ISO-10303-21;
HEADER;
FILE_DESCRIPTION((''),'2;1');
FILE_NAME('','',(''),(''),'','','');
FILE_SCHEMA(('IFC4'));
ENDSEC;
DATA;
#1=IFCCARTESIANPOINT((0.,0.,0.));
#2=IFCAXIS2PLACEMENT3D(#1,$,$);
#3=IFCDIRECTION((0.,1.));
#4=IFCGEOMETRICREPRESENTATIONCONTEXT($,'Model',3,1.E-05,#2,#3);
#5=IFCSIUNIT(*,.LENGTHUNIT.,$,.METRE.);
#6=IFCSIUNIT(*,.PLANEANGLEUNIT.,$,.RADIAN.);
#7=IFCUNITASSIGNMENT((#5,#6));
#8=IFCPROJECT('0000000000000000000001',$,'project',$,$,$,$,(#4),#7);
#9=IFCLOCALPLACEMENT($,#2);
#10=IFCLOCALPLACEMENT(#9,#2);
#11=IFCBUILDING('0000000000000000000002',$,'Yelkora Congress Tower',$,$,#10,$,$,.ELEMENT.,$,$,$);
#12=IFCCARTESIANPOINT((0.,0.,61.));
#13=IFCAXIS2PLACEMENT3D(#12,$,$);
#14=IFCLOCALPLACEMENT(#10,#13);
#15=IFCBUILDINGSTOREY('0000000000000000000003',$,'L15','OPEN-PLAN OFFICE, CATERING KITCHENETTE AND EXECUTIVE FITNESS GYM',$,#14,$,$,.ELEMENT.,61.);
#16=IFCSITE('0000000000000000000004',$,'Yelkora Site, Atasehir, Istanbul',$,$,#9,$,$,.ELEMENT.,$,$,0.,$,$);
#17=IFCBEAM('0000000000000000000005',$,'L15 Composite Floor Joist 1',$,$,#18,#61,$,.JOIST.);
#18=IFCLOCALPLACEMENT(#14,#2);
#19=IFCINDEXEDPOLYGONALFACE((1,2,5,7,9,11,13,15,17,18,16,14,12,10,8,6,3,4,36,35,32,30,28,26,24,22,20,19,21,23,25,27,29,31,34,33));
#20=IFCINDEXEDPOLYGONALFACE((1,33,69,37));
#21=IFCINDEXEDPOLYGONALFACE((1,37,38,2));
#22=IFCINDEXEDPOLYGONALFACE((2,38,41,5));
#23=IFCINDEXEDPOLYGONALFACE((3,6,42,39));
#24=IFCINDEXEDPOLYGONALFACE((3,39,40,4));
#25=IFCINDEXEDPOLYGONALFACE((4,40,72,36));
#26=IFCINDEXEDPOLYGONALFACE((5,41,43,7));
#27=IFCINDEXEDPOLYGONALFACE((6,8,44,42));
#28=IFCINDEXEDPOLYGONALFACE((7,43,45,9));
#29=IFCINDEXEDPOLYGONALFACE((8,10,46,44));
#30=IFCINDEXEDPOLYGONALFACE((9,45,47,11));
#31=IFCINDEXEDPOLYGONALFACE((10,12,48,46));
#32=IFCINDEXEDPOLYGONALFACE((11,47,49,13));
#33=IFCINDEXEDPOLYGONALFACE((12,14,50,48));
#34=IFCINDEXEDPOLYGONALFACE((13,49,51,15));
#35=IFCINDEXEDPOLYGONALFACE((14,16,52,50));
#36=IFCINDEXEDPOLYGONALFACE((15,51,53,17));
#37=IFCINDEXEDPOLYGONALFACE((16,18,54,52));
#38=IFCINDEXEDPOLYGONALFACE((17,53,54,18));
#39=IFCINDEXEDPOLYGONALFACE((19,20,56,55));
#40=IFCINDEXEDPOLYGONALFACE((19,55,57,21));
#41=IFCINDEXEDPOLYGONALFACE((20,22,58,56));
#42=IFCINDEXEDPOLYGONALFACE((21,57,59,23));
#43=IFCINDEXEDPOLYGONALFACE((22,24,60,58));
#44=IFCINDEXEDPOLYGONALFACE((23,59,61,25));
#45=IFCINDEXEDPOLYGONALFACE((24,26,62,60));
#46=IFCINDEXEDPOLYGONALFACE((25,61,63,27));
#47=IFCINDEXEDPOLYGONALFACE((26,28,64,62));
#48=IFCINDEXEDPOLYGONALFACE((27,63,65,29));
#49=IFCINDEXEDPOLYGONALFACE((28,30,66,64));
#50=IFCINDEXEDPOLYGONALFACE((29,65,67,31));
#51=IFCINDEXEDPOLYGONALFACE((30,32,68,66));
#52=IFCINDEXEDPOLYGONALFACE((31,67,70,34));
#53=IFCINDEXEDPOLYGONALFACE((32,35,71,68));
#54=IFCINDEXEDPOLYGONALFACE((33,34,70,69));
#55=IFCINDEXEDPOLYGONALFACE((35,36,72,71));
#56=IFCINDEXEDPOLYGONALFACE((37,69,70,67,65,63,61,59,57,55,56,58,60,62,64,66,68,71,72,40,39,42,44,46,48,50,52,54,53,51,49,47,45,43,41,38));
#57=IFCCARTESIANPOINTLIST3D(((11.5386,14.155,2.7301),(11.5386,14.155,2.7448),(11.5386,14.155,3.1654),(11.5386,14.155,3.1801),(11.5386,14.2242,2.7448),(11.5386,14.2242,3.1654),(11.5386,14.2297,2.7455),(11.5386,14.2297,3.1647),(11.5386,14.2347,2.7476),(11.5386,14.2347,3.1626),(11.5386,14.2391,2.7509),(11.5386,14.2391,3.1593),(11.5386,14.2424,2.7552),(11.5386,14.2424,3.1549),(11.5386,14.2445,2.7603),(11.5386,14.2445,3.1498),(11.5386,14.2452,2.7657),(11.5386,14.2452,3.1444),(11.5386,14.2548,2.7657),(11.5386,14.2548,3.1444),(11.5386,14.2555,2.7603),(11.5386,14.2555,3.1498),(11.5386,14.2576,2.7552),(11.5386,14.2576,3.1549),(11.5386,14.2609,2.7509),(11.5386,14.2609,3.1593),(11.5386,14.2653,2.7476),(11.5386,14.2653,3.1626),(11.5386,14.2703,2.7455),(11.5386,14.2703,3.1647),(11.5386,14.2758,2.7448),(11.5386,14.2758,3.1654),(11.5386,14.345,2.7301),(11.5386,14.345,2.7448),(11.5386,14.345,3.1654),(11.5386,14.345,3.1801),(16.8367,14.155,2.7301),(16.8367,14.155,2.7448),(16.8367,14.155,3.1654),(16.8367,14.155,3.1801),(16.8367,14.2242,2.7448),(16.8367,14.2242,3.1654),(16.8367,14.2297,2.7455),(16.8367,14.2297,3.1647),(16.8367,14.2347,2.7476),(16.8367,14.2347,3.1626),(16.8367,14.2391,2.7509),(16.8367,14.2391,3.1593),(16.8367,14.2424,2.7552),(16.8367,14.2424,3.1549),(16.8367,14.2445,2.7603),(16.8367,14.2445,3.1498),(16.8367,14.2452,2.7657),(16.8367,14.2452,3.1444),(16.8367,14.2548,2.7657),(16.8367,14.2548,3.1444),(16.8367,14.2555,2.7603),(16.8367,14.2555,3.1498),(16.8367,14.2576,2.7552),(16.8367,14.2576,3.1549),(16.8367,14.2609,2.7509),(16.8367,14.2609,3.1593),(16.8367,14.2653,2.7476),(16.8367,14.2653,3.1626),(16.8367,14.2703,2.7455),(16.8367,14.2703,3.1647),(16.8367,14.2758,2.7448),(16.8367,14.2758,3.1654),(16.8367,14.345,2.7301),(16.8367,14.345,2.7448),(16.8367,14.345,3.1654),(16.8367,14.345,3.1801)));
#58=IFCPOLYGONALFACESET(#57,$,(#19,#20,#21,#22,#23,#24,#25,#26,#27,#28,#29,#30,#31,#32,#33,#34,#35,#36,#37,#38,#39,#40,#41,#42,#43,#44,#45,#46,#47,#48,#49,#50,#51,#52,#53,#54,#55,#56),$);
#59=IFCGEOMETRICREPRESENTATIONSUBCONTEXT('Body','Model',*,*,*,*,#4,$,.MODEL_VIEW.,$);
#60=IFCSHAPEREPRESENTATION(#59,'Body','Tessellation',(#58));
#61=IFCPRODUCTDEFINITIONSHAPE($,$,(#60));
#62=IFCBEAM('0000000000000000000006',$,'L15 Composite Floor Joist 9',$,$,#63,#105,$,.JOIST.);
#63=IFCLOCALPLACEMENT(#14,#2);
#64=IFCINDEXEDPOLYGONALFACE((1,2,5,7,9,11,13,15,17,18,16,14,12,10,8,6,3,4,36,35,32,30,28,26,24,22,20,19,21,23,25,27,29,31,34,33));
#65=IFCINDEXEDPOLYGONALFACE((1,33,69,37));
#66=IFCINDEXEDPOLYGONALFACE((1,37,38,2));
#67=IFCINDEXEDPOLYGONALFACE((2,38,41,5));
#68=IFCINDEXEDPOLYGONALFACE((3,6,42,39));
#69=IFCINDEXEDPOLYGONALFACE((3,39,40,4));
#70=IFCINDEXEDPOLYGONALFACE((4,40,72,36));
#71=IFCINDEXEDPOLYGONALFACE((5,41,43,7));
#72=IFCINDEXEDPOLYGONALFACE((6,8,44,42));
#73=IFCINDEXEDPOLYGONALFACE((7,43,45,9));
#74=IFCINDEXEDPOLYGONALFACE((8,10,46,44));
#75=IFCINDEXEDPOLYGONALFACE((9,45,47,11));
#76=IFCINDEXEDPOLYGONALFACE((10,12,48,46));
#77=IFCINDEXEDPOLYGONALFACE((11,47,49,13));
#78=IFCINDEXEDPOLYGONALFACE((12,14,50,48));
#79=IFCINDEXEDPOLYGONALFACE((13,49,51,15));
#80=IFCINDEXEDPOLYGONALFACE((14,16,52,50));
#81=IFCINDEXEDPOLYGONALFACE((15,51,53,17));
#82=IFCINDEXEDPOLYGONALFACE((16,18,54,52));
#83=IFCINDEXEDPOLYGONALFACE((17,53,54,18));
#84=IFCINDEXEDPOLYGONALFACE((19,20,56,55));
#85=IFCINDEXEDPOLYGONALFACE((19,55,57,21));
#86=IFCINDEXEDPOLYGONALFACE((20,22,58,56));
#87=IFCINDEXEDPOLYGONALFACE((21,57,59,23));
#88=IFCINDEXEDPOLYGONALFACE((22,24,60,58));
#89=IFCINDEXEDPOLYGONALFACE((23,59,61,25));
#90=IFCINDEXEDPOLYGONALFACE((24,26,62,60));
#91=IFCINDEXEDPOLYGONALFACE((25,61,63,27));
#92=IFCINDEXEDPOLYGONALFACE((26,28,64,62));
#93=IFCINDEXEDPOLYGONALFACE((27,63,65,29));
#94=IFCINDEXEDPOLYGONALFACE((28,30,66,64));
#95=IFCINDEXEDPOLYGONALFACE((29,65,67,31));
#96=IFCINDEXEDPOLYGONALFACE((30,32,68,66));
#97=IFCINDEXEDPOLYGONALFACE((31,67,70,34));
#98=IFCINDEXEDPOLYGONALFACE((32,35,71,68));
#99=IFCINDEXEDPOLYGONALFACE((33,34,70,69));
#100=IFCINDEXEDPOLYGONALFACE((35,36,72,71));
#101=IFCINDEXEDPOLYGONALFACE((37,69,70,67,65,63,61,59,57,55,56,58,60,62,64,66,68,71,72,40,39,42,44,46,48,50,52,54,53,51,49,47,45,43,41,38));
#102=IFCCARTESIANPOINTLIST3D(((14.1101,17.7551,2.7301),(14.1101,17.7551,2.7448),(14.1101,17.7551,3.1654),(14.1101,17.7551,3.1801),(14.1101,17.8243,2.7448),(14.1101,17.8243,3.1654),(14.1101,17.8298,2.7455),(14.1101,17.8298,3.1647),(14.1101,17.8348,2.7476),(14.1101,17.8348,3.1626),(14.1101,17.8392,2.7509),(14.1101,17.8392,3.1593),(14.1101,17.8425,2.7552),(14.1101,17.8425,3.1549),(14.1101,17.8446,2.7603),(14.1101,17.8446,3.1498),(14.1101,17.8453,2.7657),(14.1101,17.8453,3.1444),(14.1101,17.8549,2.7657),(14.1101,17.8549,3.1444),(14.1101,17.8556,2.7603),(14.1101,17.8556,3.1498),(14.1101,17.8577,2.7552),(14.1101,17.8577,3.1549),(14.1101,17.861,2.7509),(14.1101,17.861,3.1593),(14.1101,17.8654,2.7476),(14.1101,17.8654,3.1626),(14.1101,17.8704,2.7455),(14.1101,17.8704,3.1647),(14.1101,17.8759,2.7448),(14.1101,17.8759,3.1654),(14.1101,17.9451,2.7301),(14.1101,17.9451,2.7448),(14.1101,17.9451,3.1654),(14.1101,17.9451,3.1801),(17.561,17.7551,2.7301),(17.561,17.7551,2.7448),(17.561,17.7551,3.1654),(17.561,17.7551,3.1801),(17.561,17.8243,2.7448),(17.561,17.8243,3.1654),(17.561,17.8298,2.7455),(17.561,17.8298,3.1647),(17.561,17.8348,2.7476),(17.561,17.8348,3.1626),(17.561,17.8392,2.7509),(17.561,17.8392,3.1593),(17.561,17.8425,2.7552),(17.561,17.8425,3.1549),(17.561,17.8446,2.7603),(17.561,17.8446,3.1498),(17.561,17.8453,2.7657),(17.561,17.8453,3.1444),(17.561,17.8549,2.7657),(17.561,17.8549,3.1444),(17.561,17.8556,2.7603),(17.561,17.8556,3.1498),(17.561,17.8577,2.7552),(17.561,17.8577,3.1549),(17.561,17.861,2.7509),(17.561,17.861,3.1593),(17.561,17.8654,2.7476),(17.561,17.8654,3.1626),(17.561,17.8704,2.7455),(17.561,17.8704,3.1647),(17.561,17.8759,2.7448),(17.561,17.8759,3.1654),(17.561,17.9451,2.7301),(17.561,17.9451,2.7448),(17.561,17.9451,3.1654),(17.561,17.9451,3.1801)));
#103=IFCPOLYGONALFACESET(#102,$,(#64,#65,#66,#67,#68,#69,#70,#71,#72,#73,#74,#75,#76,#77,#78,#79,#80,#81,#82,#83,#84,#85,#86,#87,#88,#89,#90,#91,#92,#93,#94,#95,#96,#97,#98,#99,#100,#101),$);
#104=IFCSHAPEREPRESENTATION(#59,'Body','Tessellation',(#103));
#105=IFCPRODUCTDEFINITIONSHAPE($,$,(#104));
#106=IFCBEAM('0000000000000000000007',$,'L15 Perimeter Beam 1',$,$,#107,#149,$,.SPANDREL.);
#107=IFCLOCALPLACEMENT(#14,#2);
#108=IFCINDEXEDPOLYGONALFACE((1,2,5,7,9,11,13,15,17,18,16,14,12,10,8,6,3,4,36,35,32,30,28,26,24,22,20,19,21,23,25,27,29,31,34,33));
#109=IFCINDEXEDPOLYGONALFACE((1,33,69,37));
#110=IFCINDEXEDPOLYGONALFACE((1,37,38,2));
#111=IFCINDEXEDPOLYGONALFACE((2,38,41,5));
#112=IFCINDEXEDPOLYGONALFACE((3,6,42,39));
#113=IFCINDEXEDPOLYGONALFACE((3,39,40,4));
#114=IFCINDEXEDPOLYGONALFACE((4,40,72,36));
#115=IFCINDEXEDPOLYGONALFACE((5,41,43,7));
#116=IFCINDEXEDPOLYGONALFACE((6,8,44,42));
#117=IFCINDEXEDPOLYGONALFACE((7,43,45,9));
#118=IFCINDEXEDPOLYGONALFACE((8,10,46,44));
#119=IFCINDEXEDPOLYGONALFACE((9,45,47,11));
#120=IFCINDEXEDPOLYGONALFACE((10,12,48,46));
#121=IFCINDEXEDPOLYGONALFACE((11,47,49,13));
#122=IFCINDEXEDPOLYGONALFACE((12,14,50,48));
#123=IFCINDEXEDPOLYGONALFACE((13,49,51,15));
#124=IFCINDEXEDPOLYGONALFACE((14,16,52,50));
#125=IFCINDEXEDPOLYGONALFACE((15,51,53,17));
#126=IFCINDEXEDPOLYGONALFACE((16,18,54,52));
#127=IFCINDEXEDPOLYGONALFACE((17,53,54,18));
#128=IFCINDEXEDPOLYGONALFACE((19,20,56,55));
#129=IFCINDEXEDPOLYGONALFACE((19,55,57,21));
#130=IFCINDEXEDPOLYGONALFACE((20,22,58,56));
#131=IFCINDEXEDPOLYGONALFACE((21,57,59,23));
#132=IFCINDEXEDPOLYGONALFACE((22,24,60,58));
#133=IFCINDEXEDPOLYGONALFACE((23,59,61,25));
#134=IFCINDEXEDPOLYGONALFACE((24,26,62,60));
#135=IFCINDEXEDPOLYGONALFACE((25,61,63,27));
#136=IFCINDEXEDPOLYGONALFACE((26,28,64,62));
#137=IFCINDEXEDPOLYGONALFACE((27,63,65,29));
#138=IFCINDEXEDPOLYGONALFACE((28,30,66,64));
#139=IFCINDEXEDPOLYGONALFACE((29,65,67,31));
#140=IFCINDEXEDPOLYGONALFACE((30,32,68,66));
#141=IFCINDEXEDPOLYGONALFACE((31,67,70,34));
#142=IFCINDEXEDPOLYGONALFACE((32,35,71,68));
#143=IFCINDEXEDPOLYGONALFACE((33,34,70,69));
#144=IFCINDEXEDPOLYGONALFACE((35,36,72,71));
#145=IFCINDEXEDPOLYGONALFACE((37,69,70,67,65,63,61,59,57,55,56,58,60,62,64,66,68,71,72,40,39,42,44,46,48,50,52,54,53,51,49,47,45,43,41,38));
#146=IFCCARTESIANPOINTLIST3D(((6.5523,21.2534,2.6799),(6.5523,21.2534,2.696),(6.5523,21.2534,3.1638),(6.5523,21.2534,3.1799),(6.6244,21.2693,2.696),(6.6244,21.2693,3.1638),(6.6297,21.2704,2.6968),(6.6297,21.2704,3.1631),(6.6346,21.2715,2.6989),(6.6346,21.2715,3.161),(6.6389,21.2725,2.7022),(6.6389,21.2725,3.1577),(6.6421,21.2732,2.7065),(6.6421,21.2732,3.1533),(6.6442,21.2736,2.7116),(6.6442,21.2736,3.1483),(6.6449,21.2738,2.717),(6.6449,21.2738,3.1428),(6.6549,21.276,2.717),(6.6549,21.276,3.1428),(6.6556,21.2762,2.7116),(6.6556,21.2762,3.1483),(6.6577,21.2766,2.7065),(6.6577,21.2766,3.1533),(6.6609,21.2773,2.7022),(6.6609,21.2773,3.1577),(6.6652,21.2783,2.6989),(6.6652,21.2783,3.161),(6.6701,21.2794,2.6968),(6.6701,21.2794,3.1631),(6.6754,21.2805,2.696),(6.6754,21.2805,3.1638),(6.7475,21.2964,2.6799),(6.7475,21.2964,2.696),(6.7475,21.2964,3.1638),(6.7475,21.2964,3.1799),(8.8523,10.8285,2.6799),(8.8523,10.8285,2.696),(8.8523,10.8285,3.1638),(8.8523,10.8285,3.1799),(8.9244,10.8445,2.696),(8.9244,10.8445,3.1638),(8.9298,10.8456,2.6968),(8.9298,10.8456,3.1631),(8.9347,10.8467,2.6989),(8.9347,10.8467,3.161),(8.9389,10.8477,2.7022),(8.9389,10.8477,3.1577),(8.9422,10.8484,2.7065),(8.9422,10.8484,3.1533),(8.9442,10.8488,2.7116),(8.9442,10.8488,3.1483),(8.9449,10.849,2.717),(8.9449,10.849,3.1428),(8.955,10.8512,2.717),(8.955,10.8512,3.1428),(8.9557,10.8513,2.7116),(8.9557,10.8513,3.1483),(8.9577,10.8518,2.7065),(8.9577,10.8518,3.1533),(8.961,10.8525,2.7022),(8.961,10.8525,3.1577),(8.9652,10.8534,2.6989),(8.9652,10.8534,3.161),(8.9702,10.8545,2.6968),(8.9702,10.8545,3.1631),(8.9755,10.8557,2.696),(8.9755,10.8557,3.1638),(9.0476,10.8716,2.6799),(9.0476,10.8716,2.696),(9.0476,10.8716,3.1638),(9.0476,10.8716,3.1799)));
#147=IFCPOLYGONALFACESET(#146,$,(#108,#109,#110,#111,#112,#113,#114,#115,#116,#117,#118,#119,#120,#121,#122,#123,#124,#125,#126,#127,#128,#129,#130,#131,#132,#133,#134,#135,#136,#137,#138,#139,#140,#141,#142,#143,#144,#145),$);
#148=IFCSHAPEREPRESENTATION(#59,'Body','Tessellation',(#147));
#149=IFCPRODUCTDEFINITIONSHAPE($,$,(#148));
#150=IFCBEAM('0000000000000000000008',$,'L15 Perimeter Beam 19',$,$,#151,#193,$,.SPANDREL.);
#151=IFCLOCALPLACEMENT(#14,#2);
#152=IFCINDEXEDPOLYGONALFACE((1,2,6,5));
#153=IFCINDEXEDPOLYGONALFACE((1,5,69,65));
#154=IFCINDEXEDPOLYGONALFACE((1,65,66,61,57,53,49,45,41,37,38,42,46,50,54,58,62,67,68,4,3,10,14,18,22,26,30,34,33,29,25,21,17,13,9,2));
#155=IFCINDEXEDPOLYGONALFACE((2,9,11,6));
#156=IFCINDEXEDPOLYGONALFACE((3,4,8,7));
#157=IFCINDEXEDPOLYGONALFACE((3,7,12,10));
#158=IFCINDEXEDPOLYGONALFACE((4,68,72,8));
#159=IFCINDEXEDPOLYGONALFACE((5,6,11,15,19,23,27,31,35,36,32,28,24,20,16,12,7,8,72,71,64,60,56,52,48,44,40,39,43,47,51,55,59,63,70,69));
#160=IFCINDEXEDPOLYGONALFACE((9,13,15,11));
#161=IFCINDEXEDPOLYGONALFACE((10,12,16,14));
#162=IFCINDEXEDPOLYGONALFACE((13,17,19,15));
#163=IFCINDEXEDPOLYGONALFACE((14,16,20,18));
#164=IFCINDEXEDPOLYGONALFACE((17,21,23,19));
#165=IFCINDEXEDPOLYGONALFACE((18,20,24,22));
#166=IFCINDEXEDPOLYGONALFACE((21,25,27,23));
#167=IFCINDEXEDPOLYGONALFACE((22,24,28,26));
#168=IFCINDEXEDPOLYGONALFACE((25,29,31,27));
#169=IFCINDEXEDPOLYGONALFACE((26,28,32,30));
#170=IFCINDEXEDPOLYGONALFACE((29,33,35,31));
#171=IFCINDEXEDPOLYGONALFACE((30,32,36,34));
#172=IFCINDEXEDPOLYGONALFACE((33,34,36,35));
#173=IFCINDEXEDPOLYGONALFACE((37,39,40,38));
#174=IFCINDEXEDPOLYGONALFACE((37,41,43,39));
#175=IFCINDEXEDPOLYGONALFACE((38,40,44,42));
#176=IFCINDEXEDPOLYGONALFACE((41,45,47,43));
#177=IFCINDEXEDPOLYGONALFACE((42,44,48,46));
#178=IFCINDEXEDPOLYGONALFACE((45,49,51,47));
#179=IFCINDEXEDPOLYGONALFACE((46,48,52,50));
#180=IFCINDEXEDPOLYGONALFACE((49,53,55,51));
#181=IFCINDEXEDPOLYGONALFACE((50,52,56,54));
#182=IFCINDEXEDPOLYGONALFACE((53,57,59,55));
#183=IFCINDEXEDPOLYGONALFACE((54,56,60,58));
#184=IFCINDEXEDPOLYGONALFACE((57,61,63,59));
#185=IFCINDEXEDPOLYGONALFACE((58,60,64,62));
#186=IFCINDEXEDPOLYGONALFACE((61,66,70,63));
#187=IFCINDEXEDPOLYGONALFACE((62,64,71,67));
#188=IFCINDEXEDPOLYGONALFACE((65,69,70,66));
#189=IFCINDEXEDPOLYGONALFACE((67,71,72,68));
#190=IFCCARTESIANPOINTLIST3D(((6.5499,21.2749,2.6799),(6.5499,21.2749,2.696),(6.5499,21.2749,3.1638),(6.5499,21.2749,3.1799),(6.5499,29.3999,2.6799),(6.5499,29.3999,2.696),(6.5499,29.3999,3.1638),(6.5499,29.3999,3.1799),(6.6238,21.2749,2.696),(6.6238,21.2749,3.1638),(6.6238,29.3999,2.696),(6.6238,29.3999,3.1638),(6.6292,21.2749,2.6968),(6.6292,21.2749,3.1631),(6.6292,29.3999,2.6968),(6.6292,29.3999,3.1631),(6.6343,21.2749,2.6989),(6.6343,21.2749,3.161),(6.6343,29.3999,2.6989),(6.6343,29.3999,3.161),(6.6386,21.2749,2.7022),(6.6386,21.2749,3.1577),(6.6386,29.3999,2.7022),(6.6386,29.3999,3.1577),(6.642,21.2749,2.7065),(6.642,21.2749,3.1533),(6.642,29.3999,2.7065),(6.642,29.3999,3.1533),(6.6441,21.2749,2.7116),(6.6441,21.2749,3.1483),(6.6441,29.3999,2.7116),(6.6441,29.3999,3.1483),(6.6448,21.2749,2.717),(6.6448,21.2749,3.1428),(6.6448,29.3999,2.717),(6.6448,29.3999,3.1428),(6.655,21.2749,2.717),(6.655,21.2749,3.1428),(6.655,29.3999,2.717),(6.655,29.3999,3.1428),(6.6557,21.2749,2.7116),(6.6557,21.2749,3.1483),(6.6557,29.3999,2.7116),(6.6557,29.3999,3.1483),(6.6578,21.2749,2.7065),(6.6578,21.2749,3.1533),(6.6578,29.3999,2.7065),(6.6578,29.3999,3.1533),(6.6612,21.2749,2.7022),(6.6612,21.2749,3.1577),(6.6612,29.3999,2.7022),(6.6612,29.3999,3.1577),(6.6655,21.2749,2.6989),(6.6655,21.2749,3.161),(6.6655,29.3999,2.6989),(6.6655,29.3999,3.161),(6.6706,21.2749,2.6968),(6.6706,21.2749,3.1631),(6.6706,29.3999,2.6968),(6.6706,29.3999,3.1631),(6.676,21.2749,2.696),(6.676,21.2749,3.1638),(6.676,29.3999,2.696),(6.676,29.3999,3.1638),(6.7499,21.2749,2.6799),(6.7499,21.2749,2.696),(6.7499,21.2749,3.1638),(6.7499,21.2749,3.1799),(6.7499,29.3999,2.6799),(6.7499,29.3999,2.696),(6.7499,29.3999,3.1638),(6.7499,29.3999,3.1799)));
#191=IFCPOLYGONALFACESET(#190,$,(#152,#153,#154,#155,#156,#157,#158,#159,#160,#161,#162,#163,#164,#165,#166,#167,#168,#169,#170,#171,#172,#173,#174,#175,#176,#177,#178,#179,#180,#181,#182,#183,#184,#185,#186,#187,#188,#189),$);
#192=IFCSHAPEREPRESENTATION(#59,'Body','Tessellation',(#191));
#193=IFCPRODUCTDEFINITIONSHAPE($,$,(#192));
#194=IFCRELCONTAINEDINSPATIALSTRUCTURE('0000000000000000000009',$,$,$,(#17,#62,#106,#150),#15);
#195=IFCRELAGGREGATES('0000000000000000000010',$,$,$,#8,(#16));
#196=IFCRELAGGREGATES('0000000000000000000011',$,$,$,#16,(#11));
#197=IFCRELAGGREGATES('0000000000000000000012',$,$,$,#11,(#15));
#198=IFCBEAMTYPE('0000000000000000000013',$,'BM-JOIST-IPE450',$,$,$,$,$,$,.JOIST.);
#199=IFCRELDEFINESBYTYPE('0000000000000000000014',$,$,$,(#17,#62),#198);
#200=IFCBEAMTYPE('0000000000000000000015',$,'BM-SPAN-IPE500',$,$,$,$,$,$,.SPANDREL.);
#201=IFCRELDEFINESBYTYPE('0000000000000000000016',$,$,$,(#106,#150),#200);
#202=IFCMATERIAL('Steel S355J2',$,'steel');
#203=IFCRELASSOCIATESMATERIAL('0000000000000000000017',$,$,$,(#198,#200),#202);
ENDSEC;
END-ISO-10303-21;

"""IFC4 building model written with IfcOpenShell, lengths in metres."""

from ifc_helpers import new_model, si_unit, direction, frame, origin, origin_2d, place, context, subcontext, project, spatial, i_section, extrude, material, material_profile, profile_set, type_object, element, save


model = new_model("IFC4")

# Units and contexts
model_context = context("Model", 3, precision=1e-05, world=origin(), true_north=direction((0.0, 1.0)))
body_context = subcontext(model_context, "Body", "Model", "MODEL_VIEW")
ifc_project = project(units=[si_unit("LENGTHUNIT", "METRE"), si_unit("PLANEANGLEUNIT", "RADIAN")], contexts=[model_context])

# Site, building, storey
site_placement = place(None, origin())
site = spatial("IfcSite", under=ifc_project, at=site_placement, Name="Yelkora Site, Atasehir, Istanbul", CompositionType="ELEMENT", RefElevation=0.0)
building_placement = place(site_placement, origin())
building = spatial("IfcBuilding", under=site, at=building_placement, Name="Yelkora Congress Tower", CompositionType="ELEMENT")
storey_placement = place(building_placement, frame((0.0, 0.0, 61.0)))
storey = spatial("IfcBuildingStorey", under=building, at=storey_placement, Name="L15", Description="OPEN-PLAN OFFICE, CATERING KITCHENETTE AND EXECUTIVE FITNESS GYM", CompositionType="ELEMENT", Elevation=61.0)

# Beams
ifc_material_1 = material(Name="Steel S355J2", Category="steel")
ifc_material_profile_1 = material_profile(ifc_material_1, i_section(OverallWidth=0.1899, OverallDepth=0.45, WebThickness=0.0095, FlangeThickness=0.0146, FilletRadius=0.021, at=origin_2d()), Name="IPE 450")
ifc_profile_set_1 = profile_set([ifc_material_profile_1], Name="Steel S355J2")
beam_type_1 = type_object("IfcBeamType", Name="BM-JOIST-IPE450", PredefinedType="JOIST", material=ifc_profile_set_1)
beam_1_placement = place(storey_placement, frame((11.5386, 14.25, 2.9551), z_axis=(1.0, 0.0, 0.0), x_axis=(0.0, 1.0, 0.0)))
element("IfcBeam", 1, at=beam_1_placement, inside=storey, type_object=beam_type_1, Name="L15 Composite Floor Joist 1", PredefinedType="JOIST", context=body_context, shape_type="SweptSolid", body=[
    extrude(i_section(OverallWidth=0.1899, OverallDepth=0.45, WebThickness=0.0095, FlangeThickness=0.0146, FilletRadius=0.021, at=origin_2d()), origin(), (0.0, 0.0, 1.0), 5.2981),
])
beam_2_placement = place(storey_placement, frame((14.1101, 17.8501, 2.9551), z_axis=(1.0, 0.0, 0.0), x_axis=(0.0, 1.0, 0.0)))
element("IfcBeam", 2, at=beam_2_placement, inside=storey, type_object=beam_type_1, Name="L15 Composite Floor Joist 9", PredefinedType="JOIST", context=body_context, shape_type="SweptSolid", body=[
    extrude(i_section(OverallWidth=0.1899, OverallDepth=0.45, WebThickness=0.0095, FlangeThickness=0.0146, FilletRadius=0.021, at=origin_2d()), origin(), (0.0, 0.0, 1.0), 3.4509),
])
ifc_material_profile_2 = material_profile(ifc_material_1, i_section(OverallWidth=0.2, OverallDepth=0.5, WebThickness=0.0103, FlangeThickness=0.0161, FilletRadius=0.021, at=origin_2d()), Name="IPE 500")
ifc_profile_set_2 = profile_set([ifc_material_profile_2], Name="Steel S355J2")
beam_type_2 = type_object("IfcBeamType", Name="BM-SPAN-IPE500", PredefinedType="SPANDREL", material=ifc_profile_set_2)
beam_3_placement = place(storey_placement, frame((6.6499, 21.2749, 2.9299), z_axis=(0.215451, -0.976515, 0.0), x_axis=(0.976515, 0.215451, 0.0)))
element("IfcBeam", 3, at=beam_3_placement, inside=storey, type_object=beam_type_2, Name="L15 Perimeter Beam 1", PredefinedType="SPANDREL", context=body_context, shape_type="SweptSolid", body=[
    extrude(i_section(OverallWidth=0.2, OverallDepth=0.5, WebThickness=0.0103, FlangeThickness=0.0161, FilletRadius=0.021, at=origin_2d()), origin(), (0.0, 0.0, 1.0), 10.6755),
])
beam_4_placement = place(storey_placement, frame((6.6499, 29.3999, 2.9299), z_axis=(0.0, -1.0, 0.0), x_axis=(1.0, 0.0, 0.0)))
element("IfcBeam", 4, at=beam_4_placement, inside=storey, type_object=beam_type_2, Name="L15 Perimeter Beam 19", PredefinedType="SPANDREL", context=body_context, shape_type="SweptSolid", body=[
    extrude(i_section(OverallWidth=0.2, OverallDepth=0.5, WebThickness=0.0103, FlangeThickness=0.0161, FilletRadius=0.021, at=origin_2d()), origin(), (0.0, 0.0, 1.0), 8.125),
])

save(model, "model.ifc")
